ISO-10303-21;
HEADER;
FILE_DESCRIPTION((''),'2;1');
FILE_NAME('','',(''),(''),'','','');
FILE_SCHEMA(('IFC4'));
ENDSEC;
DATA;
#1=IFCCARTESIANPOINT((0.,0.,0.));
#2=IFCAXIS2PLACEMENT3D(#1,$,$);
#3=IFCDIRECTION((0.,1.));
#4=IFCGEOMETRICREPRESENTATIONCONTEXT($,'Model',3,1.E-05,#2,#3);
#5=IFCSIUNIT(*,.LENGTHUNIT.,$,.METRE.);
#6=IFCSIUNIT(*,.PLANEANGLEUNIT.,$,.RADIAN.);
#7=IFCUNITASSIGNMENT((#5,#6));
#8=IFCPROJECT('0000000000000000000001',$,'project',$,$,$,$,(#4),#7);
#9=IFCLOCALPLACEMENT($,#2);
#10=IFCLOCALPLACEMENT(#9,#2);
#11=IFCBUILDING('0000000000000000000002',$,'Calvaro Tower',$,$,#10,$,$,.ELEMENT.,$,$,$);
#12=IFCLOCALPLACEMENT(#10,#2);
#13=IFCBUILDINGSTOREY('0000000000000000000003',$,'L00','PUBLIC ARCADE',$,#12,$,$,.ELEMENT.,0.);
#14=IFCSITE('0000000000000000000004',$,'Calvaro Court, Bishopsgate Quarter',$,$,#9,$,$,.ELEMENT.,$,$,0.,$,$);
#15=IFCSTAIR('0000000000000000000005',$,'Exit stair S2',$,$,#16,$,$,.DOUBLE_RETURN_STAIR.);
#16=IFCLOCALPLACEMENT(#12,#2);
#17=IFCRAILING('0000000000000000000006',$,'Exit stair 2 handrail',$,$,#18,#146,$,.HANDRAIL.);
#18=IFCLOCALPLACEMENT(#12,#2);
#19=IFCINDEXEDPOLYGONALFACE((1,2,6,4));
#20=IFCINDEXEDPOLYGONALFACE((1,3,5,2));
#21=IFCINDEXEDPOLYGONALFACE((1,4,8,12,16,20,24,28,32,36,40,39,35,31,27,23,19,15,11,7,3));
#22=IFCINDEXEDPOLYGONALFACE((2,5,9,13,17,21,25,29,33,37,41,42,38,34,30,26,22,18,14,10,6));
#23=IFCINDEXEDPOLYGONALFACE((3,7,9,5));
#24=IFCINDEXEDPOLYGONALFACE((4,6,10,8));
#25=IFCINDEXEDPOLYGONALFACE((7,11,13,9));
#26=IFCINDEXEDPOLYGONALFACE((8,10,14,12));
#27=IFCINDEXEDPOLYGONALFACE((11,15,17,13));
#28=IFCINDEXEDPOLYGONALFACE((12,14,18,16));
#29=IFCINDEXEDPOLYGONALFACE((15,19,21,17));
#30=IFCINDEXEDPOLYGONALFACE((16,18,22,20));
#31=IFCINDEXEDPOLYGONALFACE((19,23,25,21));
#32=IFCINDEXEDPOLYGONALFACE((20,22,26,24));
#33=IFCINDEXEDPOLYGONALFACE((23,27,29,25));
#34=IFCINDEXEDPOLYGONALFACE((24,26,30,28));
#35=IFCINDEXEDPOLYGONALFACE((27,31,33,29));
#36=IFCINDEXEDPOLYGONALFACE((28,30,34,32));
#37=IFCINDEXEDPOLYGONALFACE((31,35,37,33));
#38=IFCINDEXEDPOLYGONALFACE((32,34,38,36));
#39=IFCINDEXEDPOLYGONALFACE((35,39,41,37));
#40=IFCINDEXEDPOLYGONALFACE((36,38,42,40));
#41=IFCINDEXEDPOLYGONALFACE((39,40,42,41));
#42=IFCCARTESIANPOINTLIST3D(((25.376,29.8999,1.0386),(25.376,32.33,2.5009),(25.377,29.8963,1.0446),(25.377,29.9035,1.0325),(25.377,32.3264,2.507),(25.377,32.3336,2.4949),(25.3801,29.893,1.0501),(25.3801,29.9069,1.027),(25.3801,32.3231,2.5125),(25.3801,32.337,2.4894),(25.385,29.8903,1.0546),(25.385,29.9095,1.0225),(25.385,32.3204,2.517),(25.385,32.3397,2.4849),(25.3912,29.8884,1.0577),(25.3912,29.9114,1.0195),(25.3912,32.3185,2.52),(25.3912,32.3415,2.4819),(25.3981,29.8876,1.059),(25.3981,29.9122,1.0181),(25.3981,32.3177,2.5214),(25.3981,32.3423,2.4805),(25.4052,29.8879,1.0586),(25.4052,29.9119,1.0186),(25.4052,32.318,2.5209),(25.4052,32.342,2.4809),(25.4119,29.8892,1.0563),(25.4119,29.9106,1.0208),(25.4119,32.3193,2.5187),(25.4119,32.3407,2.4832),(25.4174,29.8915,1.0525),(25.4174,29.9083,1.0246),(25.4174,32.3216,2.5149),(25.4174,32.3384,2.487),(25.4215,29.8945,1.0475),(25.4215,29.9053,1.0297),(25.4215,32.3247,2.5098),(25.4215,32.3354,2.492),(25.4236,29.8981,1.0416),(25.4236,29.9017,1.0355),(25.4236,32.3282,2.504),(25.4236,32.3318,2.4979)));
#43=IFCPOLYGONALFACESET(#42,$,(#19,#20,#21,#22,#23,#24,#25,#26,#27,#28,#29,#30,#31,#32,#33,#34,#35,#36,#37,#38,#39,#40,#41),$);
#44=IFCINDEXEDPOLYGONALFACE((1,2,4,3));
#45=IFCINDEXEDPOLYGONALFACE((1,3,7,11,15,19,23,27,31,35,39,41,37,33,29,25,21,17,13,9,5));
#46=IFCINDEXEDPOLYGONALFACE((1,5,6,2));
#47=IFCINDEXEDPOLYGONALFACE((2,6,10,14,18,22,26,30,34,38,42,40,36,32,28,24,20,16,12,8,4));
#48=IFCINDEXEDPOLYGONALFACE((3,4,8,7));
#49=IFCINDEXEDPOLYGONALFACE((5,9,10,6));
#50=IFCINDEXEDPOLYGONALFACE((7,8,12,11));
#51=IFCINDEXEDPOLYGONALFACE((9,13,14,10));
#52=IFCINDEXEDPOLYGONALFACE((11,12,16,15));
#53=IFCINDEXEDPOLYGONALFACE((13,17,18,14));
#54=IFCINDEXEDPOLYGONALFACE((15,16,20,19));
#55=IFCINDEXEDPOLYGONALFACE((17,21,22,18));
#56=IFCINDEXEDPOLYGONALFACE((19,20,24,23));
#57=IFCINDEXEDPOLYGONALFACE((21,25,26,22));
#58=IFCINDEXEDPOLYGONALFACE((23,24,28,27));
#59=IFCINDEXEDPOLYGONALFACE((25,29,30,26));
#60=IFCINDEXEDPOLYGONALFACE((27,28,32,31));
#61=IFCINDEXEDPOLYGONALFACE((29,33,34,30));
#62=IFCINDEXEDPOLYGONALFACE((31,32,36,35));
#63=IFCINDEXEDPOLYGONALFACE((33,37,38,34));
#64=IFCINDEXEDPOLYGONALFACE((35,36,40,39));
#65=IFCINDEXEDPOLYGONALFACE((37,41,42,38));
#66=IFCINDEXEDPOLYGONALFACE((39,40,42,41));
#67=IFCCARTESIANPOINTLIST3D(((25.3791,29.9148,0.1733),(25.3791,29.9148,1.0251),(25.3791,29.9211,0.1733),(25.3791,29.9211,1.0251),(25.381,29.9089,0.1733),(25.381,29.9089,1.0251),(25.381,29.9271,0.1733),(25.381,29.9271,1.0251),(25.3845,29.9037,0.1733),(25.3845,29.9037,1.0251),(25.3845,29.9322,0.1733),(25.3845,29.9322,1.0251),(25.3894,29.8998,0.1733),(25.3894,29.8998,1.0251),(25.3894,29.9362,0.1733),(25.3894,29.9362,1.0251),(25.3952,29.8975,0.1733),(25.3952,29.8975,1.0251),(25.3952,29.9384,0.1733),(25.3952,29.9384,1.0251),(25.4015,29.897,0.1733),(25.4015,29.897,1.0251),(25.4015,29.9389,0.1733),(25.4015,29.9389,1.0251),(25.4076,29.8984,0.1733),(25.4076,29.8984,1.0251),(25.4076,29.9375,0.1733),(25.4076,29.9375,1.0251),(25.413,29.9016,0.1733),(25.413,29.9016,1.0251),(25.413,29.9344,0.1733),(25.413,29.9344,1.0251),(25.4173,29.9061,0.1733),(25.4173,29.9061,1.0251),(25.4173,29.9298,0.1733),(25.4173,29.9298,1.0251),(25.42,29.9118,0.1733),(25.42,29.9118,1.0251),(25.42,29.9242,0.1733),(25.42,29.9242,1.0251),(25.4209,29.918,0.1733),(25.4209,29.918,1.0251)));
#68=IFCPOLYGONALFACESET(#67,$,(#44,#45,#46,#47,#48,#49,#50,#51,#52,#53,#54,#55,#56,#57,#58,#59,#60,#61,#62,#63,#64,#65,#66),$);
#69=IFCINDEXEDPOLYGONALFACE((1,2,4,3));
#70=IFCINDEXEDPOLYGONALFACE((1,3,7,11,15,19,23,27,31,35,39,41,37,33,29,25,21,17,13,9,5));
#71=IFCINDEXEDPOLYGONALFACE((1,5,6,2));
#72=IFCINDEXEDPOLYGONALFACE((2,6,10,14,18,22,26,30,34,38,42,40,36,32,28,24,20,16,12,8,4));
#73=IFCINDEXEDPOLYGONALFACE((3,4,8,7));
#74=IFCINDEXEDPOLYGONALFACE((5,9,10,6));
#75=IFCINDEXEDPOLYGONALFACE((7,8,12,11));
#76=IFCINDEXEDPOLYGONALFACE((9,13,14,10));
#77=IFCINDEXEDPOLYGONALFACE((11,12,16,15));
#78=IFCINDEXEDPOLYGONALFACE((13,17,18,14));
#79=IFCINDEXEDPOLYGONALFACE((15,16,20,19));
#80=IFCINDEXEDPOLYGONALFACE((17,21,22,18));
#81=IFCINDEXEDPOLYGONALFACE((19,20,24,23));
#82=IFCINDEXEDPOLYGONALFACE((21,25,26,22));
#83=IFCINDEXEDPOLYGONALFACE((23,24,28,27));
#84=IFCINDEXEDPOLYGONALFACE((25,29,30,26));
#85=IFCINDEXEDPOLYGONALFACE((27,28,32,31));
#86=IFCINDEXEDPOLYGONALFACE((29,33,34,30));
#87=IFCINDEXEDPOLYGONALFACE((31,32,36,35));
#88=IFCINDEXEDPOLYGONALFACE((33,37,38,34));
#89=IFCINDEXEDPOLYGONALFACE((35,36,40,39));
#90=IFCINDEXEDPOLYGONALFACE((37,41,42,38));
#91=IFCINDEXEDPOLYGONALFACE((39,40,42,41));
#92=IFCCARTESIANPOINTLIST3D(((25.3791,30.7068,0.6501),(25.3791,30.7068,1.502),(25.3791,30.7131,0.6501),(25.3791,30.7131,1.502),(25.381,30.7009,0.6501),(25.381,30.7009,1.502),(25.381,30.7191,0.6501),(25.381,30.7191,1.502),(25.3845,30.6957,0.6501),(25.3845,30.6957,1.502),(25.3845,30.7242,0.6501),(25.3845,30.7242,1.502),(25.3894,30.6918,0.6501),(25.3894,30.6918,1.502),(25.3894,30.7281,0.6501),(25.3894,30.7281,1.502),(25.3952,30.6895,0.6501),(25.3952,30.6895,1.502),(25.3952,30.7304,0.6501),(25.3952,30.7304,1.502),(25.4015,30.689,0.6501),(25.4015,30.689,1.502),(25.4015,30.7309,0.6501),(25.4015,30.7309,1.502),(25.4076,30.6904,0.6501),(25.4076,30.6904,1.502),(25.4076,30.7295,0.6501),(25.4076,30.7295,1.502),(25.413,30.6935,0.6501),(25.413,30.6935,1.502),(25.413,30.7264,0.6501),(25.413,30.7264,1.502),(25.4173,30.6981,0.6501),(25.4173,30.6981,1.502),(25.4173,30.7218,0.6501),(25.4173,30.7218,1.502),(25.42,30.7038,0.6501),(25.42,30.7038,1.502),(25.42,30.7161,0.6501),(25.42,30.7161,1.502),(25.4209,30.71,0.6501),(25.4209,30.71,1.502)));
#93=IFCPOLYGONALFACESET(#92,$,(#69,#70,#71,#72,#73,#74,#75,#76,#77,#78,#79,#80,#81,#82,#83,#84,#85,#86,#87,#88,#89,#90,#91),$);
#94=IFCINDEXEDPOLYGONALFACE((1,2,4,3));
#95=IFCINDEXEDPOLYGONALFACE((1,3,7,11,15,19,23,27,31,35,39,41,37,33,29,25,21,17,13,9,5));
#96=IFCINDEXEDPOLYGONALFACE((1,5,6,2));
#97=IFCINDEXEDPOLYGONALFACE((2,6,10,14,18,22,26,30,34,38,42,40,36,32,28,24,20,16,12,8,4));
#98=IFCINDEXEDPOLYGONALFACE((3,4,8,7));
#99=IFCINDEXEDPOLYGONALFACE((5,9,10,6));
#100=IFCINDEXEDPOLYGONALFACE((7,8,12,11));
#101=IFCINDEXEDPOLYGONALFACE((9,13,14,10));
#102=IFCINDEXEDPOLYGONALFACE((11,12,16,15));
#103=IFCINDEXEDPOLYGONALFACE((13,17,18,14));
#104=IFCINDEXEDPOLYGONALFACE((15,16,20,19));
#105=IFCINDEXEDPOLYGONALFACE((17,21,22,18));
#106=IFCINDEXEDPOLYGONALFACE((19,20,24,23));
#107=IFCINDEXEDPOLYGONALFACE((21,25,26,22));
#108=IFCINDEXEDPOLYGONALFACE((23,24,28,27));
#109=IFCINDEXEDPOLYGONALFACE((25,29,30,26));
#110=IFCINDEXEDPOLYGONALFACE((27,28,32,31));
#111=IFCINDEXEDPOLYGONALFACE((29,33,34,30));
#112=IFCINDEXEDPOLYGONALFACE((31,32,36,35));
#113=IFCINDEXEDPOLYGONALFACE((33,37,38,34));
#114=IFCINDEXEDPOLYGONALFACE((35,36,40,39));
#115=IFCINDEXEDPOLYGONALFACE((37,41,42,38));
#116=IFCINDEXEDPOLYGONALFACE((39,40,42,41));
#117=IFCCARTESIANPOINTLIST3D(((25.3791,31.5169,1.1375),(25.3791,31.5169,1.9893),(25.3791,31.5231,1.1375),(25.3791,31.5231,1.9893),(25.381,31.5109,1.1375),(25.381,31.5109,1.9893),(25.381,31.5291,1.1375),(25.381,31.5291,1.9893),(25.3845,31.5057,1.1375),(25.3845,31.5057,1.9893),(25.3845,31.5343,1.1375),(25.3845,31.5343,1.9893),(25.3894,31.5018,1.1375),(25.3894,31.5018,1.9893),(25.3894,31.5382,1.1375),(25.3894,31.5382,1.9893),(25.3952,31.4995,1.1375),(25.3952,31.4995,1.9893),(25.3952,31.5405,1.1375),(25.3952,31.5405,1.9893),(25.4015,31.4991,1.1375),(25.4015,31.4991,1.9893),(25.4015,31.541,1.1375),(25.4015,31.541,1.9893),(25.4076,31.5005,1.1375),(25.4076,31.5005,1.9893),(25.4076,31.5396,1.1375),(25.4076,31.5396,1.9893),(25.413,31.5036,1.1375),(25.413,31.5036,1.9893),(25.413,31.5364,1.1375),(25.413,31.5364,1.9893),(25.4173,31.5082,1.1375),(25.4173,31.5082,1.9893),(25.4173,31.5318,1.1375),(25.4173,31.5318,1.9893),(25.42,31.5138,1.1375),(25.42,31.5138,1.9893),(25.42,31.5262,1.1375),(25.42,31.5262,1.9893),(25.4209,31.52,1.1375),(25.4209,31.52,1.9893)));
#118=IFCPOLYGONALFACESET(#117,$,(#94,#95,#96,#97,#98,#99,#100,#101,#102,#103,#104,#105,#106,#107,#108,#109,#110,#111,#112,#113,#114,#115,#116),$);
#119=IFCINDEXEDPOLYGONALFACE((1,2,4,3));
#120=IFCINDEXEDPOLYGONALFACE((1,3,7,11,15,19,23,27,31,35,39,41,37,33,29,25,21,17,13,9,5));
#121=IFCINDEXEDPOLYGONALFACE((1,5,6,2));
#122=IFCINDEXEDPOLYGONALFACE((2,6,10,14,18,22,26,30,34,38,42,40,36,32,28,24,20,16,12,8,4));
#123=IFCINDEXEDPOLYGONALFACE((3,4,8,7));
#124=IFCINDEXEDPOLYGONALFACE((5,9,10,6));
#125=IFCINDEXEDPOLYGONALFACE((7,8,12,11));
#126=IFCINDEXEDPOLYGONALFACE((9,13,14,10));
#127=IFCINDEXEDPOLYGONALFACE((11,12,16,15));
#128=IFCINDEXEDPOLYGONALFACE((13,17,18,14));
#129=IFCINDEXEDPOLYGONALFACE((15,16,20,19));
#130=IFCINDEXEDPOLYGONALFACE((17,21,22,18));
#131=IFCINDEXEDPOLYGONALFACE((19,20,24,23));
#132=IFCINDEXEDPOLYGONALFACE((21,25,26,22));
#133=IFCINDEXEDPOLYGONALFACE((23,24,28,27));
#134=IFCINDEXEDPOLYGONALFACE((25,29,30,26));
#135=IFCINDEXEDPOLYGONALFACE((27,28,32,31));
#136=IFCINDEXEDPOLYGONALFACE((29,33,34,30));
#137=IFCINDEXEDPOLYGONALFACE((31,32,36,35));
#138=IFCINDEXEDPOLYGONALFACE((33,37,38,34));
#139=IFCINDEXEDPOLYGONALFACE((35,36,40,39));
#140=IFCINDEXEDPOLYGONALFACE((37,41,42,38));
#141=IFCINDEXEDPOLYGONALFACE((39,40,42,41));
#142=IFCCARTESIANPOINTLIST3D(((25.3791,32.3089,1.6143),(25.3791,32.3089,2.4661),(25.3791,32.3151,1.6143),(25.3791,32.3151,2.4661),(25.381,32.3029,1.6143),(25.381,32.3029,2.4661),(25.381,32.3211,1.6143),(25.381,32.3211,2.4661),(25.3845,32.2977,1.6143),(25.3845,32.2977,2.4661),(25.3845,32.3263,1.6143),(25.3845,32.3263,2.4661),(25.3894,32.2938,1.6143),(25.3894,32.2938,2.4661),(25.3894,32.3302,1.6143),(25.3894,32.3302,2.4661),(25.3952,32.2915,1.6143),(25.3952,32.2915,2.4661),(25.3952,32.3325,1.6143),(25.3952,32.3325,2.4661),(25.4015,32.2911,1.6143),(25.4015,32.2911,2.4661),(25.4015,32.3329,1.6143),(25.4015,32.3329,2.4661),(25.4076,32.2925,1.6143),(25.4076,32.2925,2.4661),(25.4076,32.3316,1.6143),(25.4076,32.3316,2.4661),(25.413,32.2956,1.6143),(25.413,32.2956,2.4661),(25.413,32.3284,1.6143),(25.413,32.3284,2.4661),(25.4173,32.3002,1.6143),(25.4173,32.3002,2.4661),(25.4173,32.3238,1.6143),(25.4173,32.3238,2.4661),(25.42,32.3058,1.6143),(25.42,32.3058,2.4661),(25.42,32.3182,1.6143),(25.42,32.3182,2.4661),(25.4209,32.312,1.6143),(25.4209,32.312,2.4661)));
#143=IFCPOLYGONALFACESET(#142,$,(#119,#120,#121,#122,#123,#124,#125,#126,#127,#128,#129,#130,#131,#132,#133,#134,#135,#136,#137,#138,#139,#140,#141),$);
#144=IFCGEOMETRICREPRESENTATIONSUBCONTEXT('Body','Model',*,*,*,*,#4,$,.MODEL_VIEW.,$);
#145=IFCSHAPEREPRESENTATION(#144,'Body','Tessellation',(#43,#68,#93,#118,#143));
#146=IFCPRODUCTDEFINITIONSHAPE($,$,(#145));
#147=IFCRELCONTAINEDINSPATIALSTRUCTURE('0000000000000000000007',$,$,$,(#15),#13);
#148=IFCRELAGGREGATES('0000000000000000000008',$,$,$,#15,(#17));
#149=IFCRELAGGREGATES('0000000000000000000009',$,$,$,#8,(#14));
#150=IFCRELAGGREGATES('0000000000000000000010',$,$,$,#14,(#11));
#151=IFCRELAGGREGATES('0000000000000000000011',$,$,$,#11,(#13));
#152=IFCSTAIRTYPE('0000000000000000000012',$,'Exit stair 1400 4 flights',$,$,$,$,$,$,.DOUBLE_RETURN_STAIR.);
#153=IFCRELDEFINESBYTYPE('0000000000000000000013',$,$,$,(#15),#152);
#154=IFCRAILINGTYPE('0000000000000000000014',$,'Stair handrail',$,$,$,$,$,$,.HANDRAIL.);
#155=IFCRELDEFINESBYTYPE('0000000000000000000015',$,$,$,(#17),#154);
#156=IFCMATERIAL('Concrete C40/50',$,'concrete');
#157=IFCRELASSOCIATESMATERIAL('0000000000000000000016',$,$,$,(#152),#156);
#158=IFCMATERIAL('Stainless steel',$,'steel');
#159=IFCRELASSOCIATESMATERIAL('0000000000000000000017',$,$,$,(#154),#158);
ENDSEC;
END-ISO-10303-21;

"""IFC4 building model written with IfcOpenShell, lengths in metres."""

from ifc_helpers import new_model, si_unit, direction, frame, origin, origin_2d, place, context, subcontext, project, spatial, circle, extrude, material, type_object, element, aggregate, save


model = new_model("IFC4")

# Units and contexts
model_context = context("Model", 3, precision=1e-05, world=origin(), true_north=direction((0.0, 1.0)))
body_context = subcontext(model_context, "Body", "Model", "MODEL_VIEW")
ifc_project = project(units=[si_unit("LENGTHUNIT", "METRE"), si_unit("PLANEANGLEUNIT", "RADIAN")], contexts=[model_context])

# Site, building, storey
site_placement = place(None, origin())
site = spatial("IfcSite", under=ifc_project, at=site_placement, Name="Calvaro Court, Bishopsgate Quarter", CompositionType="ELEMENT", RefElevation=0.0)
building_placement = place(site_placement, origin())
building = spatial("IfcBuilding", under=site, at=building_placement, Name="Calvaro Tower", CompositionType="ELEMENT")
storey_placement = place(building_placement, origin())
storey = spatial("IfcBuildingStorey", under=building, at=storey_placement, Name="L00", Description="PUBLIC ARCADE", CompositionType="ELEMENT", Elevation=0.0)

# Stair, railing
ifc_material_1 = material(Name="Concrete C40/50", Category="concrete")
stair_type = type_object("IfcStairType", Name="Exit stair 1400 4 flights", PredefinedType="DOUBLE_RETURN_STAIR", material=ifc_material_1)
stair_placement = place(storey_placement, origin())
stair = element("IfcStair", 1, at=stair_placement, inside=storey, type_object=stair_type, Name="Exit stair S2", PredefinedType="DOUBLE_RETURN_STAIR")
ifc_material_2 = material(Name="Stainless steel", Category="steel")
railing_type = type_object("IfcRailingType", Name="Stair handrail", PredefinedType="HANDRAIL", material=ifc_material_2)
railing_1_placement = place(storey_placement, frame((25.3999, 29.8999, 0.1626)))
railing_1 = element("IfcRailing", 2, at=railing_1_placement, type_object=railing_type, Name="Exit stair 2 handrail", PredefinedType="HANDRAIL", context=body_context, shape_type="SweptSolid", body=[
    extrude(circle(Radius=0.0239, at=origin_2d()), frame((0.0, 0.0, 0.876), z_axis=(0.0, 0.856824, 0.515609), x_axis=(-1.0, 0.0, 0.0)), (0.0, 0.0, 1.0), 2.8362),
    extrude(circle(Radius=0.021, at=origin_2d()), frame((0.0, 0.0181, 0.0107)), (0.0, 0.0, 1.0), 0.8518),
    extrude(circle(Radius=0.021, at=origin_2d()), frame((0.0, 0.8101, 0.4875)), (0.0, 0.0, 1.0), 0.8518),
    extrude(circle(Radius=0.021, at=origin_2d()), frame((0.0, 1.6201, 0.9749)), (0.0, 0.0, 1.0), 0.8518),
    extrude(circle(Radius=0.021, at=origin_2d()), frame((0.0, 2.4121, 1.4517)), (0.0, 0.0, 1.0), 0.8518),
])
aggregate(stair, [railing_1])

save(model, "model.ifc")
